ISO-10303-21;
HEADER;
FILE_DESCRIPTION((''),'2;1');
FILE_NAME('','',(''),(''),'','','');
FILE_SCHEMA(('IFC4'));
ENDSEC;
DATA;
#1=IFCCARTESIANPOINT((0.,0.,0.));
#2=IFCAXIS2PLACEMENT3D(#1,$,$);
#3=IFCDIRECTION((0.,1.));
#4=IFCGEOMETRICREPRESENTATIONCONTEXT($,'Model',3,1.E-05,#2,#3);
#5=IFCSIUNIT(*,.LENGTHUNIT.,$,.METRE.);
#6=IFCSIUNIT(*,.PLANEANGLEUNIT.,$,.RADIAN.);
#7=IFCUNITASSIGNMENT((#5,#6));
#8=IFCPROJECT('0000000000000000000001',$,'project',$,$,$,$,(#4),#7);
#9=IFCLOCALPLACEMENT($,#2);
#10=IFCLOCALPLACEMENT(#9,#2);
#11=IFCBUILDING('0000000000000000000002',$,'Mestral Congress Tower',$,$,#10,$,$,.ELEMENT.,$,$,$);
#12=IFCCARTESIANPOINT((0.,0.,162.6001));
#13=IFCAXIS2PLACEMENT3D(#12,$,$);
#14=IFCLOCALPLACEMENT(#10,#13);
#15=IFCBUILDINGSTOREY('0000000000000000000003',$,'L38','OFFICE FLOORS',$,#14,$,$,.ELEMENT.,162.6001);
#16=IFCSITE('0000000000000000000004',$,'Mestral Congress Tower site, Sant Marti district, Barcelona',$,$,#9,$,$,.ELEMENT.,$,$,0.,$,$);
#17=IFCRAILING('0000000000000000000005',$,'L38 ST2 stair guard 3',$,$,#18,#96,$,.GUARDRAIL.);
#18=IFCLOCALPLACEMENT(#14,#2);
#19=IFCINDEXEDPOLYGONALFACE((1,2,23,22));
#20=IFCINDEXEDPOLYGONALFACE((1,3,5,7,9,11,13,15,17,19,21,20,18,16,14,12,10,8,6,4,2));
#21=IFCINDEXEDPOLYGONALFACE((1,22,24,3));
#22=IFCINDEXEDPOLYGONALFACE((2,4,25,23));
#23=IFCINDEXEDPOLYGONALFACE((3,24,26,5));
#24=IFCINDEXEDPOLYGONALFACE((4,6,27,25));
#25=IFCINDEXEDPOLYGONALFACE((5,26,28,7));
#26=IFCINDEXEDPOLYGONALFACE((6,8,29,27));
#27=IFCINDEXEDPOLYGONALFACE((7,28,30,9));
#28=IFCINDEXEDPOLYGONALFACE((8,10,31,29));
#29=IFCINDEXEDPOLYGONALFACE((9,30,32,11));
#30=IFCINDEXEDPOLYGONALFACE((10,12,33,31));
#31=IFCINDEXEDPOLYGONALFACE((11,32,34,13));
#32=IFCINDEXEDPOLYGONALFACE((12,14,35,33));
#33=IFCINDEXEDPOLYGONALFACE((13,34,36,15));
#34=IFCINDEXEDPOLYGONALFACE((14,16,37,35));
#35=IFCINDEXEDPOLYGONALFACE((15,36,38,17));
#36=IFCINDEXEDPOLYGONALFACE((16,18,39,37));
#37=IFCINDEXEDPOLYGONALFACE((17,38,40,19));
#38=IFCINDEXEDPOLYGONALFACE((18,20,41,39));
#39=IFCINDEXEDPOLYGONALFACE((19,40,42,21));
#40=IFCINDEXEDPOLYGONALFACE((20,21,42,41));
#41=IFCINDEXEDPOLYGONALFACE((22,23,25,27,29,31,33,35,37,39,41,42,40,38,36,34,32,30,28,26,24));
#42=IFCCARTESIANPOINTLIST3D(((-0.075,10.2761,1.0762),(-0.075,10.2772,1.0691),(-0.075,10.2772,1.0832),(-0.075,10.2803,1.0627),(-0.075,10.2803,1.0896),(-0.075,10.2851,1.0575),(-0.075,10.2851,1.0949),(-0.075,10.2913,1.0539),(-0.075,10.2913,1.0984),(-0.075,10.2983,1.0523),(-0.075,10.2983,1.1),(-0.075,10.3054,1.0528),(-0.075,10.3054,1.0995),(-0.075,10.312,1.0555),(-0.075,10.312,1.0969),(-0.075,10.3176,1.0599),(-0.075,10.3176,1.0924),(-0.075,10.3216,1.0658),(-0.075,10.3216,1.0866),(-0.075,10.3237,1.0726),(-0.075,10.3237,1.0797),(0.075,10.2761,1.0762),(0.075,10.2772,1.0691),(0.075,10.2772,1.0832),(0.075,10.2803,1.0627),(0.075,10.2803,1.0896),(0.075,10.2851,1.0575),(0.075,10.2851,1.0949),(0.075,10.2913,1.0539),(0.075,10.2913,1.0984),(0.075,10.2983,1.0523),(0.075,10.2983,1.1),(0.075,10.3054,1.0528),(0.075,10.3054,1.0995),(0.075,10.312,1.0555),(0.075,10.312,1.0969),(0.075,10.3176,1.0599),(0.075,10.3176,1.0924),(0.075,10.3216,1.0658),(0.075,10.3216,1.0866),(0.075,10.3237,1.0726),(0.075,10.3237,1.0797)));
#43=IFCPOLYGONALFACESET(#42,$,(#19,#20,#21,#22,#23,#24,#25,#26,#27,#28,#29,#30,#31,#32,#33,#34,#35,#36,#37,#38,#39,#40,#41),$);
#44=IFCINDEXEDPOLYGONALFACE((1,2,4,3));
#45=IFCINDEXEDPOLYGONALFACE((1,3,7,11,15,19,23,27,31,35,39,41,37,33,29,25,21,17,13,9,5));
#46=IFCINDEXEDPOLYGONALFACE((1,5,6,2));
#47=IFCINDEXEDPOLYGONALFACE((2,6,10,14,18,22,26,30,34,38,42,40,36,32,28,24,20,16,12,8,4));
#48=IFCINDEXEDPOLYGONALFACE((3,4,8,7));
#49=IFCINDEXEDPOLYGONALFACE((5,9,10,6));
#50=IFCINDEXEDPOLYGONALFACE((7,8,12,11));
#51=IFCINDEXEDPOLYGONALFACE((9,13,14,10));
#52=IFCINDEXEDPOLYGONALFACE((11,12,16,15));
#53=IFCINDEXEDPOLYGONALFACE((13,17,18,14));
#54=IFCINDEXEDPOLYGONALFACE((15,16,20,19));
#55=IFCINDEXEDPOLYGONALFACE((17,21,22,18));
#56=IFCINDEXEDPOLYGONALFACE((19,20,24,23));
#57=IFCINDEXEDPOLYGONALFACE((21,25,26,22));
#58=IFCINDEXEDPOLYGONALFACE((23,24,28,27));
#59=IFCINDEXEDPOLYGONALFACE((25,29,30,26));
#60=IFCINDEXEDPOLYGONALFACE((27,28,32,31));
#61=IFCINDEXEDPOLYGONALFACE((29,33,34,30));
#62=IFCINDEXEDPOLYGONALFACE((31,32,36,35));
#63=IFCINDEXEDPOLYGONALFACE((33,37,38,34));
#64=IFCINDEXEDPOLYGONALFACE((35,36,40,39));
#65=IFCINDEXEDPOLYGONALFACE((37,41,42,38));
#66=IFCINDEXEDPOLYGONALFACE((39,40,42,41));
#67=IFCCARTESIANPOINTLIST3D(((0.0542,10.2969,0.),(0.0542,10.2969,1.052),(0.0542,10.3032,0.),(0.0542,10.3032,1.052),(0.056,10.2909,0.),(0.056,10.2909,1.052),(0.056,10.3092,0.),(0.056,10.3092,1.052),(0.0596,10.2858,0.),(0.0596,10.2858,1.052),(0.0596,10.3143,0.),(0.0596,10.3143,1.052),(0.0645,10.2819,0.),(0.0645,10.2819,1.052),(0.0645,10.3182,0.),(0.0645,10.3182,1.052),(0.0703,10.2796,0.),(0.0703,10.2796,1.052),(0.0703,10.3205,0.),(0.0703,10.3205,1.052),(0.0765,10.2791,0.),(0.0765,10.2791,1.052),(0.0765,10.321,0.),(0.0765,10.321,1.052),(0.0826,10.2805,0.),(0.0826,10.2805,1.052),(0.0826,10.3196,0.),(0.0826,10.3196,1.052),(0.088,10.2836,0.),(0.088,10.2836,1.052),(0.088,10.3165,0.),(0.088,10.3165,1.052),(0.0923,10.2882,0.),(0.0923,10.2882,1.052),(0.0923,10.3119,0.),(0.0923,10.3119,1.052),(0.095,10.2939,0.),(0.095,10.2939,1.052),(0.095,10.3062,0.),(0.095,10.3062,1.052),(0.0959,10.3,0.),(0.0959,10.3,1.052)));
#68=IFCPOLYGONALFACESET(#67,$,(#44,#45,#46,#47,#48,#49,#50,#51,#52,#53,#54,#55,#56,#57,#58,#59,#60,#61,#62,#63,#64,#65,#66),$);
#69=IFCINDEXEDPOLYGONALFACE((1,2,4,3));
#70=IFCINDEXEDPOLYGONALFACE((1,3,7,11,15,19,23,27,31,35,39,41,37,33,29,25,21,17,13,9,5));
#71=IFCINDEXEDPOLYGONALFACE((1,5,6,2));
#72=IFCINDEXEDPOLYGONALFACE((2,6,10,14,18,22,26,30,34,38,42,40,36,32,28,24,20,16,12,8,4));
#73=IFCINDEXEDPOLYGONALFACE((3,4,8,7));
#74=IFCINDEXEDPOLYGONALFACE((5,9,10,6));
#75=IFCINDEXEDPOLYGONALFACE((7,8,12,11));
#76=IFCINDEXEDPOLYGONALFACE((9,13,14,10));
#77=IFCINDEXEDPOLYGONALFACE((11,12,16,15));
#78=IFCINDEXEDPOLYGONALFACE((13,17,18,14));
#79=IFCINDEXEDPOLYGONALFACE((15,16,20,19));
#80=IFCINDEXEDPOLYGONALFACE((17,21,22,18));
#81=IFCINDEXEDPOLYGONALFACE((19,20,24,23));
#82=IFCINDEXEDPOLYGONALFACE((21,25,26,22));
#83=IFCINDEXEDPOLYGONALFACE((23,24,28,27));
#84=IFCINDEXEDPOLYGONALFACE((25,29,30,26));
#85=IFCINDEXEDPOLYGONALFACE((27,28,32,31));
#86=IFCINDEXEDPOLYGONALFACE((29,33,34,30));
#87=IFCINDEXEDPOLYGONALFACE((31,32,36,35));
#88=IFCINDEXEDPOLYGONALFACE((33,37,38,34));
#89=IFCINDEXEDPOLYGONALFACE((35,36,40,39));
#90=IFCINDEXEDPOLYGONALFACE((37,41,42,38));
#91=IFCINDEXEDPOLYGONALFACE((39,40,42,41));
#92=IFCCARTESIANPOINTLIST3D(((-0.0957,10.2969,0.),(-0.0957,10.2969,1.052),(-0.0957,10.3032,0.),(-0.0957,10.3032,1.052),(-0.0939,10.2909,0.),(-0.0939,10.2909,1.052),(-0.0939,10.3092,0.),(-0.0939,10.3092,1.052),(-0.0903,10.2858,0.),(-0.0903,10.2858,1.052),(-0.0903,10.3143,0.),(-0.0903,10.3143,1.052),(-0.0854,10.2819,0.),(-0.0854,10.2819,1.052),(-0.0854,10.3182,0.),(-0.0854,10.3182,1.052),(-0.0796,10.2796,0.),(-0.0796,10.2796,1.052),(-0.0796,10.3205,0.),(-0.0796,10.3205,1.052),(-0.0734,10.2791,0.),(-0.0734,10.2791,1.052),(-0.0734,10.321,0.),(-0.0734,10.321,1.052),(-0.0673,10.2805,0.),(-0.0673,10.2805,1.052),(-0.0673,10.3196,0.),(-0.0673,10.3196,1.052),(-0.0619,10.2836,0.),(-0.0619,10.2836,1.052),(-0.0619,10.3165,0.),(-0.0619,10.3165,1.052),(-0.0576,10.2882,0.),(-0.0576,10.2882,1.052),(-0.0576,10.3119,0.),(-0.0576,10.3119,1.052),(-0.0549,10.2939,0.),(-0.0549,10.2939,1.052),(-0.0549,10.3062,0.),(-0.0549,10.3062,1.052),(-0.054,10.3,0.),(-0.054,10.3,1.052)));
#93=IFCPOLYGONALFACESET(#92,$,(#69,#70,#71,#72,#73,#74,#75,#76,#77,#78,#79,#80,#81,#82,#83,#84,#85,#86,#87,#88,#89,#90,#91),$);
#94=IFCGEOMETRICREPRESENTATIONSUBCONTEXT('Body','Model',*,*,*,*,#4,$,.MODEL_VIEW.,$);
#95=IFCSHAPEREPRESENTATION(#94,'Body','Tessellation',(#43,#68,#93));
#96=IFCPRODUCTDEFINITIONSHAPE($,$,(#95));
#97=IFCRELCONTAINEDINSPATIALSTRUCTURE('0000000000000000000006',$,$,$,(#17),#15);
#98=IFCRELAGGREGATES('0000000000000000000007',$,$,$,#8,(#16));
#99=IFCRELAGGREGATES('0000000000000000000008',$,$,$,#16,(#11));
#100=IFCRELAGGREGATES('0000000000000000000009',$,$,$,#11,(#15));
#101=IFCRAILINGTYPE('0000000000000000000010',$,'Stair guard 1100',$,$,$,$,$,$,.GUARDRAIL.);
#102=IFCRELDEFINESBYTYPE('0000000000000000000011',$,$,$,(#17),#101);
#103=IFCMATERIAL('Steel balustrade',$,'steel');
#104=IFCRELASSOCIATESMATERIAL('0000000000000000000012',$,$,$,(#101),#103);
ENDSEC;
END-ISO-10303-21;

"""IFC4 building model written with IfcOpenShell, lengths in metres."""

from ifc_helpers import new_model, si_unit, direction, frame, origin, origin_2d, place, context, subcontext, project, spatial, circle, extrude, material, type_object, element, save


model = new_model("IFC4")

# Units and contexts
model_context = context("Model", 3, precision=1e-05, world=origin(), true_north=direction((0.0, 1.0)))
body_context = subcontext(model_context, "Body", "Model", "MODEL_VIEW")
ifc_project = project(units=[si_unit("LENGTHUNIT", "METRE"), si_unit("PLANEANGLEUNIT", "RADIAN")], contexts=[model_context])

# Site, building, storey
site_placement = place(None, origin())
site = spatial("IfcSite", under=ifc_project, at=site_placement, Name="Mestral Congress Tower site, Sant Marti district, Barcelona", CompositionType="ELEMENT", RefElevation=0.0)
building_placement = place(site_placement, origin())
building = spatial("IfcBuilding", under=site, at=building_placement, Name="Mestral Congress Tower", CompositionType="ELEMENT")
storey_placement = place(building_placement, frame((0.0, 0.0, 162.6001)))
storey = spatial("IfcBuildingStorey", under=building, at=storey_placement, Name="L38", Description="OFFICE FLOORS", CompositionType="ELEMENT", Elevation=162.6001)

# Railing
ifc_material_1 = material(Name="Steel balustrade", Category="steel")
railing_type_1 = type_object("IfcRailingType", Name="Stair guard 1100", PredefinedType="GUARDRAIL", material=ifc_material_1)
railing_1_placement = place(storey_placement, frame((0.075, 10.3, 0.0)))
element("IfcRailing", 1, at=railing_1_placement, inside=storey, type_object=railing_type_1, Name="L38 ST2 stair guard 3", PredefinedType="GUARDRAIL", context=body_context, shape_type="SweptSolid", body=[
    extrude(circle(Radius=0.0239, at=origin_2d()), frame((0.0, 0.0, 1.0762), z_axis=(-1.0, 0.0, 0.0), x_axis=(0.0, -1.0, 0.0)), (0.0, 0.0, 1.0), 0.1499),
    extrude(circle(Radius=0.021, at=origin_2d()), origin(), (0.0, 0.0, 1.0), 1.052),
    extrude(circle(Radius=0.021, at=origin_2d()), frame((-0.1499, 0.0, 0.0)), (0.0, 0.0, 1.0), 1.052),
])

save(model, "model.ifc")
